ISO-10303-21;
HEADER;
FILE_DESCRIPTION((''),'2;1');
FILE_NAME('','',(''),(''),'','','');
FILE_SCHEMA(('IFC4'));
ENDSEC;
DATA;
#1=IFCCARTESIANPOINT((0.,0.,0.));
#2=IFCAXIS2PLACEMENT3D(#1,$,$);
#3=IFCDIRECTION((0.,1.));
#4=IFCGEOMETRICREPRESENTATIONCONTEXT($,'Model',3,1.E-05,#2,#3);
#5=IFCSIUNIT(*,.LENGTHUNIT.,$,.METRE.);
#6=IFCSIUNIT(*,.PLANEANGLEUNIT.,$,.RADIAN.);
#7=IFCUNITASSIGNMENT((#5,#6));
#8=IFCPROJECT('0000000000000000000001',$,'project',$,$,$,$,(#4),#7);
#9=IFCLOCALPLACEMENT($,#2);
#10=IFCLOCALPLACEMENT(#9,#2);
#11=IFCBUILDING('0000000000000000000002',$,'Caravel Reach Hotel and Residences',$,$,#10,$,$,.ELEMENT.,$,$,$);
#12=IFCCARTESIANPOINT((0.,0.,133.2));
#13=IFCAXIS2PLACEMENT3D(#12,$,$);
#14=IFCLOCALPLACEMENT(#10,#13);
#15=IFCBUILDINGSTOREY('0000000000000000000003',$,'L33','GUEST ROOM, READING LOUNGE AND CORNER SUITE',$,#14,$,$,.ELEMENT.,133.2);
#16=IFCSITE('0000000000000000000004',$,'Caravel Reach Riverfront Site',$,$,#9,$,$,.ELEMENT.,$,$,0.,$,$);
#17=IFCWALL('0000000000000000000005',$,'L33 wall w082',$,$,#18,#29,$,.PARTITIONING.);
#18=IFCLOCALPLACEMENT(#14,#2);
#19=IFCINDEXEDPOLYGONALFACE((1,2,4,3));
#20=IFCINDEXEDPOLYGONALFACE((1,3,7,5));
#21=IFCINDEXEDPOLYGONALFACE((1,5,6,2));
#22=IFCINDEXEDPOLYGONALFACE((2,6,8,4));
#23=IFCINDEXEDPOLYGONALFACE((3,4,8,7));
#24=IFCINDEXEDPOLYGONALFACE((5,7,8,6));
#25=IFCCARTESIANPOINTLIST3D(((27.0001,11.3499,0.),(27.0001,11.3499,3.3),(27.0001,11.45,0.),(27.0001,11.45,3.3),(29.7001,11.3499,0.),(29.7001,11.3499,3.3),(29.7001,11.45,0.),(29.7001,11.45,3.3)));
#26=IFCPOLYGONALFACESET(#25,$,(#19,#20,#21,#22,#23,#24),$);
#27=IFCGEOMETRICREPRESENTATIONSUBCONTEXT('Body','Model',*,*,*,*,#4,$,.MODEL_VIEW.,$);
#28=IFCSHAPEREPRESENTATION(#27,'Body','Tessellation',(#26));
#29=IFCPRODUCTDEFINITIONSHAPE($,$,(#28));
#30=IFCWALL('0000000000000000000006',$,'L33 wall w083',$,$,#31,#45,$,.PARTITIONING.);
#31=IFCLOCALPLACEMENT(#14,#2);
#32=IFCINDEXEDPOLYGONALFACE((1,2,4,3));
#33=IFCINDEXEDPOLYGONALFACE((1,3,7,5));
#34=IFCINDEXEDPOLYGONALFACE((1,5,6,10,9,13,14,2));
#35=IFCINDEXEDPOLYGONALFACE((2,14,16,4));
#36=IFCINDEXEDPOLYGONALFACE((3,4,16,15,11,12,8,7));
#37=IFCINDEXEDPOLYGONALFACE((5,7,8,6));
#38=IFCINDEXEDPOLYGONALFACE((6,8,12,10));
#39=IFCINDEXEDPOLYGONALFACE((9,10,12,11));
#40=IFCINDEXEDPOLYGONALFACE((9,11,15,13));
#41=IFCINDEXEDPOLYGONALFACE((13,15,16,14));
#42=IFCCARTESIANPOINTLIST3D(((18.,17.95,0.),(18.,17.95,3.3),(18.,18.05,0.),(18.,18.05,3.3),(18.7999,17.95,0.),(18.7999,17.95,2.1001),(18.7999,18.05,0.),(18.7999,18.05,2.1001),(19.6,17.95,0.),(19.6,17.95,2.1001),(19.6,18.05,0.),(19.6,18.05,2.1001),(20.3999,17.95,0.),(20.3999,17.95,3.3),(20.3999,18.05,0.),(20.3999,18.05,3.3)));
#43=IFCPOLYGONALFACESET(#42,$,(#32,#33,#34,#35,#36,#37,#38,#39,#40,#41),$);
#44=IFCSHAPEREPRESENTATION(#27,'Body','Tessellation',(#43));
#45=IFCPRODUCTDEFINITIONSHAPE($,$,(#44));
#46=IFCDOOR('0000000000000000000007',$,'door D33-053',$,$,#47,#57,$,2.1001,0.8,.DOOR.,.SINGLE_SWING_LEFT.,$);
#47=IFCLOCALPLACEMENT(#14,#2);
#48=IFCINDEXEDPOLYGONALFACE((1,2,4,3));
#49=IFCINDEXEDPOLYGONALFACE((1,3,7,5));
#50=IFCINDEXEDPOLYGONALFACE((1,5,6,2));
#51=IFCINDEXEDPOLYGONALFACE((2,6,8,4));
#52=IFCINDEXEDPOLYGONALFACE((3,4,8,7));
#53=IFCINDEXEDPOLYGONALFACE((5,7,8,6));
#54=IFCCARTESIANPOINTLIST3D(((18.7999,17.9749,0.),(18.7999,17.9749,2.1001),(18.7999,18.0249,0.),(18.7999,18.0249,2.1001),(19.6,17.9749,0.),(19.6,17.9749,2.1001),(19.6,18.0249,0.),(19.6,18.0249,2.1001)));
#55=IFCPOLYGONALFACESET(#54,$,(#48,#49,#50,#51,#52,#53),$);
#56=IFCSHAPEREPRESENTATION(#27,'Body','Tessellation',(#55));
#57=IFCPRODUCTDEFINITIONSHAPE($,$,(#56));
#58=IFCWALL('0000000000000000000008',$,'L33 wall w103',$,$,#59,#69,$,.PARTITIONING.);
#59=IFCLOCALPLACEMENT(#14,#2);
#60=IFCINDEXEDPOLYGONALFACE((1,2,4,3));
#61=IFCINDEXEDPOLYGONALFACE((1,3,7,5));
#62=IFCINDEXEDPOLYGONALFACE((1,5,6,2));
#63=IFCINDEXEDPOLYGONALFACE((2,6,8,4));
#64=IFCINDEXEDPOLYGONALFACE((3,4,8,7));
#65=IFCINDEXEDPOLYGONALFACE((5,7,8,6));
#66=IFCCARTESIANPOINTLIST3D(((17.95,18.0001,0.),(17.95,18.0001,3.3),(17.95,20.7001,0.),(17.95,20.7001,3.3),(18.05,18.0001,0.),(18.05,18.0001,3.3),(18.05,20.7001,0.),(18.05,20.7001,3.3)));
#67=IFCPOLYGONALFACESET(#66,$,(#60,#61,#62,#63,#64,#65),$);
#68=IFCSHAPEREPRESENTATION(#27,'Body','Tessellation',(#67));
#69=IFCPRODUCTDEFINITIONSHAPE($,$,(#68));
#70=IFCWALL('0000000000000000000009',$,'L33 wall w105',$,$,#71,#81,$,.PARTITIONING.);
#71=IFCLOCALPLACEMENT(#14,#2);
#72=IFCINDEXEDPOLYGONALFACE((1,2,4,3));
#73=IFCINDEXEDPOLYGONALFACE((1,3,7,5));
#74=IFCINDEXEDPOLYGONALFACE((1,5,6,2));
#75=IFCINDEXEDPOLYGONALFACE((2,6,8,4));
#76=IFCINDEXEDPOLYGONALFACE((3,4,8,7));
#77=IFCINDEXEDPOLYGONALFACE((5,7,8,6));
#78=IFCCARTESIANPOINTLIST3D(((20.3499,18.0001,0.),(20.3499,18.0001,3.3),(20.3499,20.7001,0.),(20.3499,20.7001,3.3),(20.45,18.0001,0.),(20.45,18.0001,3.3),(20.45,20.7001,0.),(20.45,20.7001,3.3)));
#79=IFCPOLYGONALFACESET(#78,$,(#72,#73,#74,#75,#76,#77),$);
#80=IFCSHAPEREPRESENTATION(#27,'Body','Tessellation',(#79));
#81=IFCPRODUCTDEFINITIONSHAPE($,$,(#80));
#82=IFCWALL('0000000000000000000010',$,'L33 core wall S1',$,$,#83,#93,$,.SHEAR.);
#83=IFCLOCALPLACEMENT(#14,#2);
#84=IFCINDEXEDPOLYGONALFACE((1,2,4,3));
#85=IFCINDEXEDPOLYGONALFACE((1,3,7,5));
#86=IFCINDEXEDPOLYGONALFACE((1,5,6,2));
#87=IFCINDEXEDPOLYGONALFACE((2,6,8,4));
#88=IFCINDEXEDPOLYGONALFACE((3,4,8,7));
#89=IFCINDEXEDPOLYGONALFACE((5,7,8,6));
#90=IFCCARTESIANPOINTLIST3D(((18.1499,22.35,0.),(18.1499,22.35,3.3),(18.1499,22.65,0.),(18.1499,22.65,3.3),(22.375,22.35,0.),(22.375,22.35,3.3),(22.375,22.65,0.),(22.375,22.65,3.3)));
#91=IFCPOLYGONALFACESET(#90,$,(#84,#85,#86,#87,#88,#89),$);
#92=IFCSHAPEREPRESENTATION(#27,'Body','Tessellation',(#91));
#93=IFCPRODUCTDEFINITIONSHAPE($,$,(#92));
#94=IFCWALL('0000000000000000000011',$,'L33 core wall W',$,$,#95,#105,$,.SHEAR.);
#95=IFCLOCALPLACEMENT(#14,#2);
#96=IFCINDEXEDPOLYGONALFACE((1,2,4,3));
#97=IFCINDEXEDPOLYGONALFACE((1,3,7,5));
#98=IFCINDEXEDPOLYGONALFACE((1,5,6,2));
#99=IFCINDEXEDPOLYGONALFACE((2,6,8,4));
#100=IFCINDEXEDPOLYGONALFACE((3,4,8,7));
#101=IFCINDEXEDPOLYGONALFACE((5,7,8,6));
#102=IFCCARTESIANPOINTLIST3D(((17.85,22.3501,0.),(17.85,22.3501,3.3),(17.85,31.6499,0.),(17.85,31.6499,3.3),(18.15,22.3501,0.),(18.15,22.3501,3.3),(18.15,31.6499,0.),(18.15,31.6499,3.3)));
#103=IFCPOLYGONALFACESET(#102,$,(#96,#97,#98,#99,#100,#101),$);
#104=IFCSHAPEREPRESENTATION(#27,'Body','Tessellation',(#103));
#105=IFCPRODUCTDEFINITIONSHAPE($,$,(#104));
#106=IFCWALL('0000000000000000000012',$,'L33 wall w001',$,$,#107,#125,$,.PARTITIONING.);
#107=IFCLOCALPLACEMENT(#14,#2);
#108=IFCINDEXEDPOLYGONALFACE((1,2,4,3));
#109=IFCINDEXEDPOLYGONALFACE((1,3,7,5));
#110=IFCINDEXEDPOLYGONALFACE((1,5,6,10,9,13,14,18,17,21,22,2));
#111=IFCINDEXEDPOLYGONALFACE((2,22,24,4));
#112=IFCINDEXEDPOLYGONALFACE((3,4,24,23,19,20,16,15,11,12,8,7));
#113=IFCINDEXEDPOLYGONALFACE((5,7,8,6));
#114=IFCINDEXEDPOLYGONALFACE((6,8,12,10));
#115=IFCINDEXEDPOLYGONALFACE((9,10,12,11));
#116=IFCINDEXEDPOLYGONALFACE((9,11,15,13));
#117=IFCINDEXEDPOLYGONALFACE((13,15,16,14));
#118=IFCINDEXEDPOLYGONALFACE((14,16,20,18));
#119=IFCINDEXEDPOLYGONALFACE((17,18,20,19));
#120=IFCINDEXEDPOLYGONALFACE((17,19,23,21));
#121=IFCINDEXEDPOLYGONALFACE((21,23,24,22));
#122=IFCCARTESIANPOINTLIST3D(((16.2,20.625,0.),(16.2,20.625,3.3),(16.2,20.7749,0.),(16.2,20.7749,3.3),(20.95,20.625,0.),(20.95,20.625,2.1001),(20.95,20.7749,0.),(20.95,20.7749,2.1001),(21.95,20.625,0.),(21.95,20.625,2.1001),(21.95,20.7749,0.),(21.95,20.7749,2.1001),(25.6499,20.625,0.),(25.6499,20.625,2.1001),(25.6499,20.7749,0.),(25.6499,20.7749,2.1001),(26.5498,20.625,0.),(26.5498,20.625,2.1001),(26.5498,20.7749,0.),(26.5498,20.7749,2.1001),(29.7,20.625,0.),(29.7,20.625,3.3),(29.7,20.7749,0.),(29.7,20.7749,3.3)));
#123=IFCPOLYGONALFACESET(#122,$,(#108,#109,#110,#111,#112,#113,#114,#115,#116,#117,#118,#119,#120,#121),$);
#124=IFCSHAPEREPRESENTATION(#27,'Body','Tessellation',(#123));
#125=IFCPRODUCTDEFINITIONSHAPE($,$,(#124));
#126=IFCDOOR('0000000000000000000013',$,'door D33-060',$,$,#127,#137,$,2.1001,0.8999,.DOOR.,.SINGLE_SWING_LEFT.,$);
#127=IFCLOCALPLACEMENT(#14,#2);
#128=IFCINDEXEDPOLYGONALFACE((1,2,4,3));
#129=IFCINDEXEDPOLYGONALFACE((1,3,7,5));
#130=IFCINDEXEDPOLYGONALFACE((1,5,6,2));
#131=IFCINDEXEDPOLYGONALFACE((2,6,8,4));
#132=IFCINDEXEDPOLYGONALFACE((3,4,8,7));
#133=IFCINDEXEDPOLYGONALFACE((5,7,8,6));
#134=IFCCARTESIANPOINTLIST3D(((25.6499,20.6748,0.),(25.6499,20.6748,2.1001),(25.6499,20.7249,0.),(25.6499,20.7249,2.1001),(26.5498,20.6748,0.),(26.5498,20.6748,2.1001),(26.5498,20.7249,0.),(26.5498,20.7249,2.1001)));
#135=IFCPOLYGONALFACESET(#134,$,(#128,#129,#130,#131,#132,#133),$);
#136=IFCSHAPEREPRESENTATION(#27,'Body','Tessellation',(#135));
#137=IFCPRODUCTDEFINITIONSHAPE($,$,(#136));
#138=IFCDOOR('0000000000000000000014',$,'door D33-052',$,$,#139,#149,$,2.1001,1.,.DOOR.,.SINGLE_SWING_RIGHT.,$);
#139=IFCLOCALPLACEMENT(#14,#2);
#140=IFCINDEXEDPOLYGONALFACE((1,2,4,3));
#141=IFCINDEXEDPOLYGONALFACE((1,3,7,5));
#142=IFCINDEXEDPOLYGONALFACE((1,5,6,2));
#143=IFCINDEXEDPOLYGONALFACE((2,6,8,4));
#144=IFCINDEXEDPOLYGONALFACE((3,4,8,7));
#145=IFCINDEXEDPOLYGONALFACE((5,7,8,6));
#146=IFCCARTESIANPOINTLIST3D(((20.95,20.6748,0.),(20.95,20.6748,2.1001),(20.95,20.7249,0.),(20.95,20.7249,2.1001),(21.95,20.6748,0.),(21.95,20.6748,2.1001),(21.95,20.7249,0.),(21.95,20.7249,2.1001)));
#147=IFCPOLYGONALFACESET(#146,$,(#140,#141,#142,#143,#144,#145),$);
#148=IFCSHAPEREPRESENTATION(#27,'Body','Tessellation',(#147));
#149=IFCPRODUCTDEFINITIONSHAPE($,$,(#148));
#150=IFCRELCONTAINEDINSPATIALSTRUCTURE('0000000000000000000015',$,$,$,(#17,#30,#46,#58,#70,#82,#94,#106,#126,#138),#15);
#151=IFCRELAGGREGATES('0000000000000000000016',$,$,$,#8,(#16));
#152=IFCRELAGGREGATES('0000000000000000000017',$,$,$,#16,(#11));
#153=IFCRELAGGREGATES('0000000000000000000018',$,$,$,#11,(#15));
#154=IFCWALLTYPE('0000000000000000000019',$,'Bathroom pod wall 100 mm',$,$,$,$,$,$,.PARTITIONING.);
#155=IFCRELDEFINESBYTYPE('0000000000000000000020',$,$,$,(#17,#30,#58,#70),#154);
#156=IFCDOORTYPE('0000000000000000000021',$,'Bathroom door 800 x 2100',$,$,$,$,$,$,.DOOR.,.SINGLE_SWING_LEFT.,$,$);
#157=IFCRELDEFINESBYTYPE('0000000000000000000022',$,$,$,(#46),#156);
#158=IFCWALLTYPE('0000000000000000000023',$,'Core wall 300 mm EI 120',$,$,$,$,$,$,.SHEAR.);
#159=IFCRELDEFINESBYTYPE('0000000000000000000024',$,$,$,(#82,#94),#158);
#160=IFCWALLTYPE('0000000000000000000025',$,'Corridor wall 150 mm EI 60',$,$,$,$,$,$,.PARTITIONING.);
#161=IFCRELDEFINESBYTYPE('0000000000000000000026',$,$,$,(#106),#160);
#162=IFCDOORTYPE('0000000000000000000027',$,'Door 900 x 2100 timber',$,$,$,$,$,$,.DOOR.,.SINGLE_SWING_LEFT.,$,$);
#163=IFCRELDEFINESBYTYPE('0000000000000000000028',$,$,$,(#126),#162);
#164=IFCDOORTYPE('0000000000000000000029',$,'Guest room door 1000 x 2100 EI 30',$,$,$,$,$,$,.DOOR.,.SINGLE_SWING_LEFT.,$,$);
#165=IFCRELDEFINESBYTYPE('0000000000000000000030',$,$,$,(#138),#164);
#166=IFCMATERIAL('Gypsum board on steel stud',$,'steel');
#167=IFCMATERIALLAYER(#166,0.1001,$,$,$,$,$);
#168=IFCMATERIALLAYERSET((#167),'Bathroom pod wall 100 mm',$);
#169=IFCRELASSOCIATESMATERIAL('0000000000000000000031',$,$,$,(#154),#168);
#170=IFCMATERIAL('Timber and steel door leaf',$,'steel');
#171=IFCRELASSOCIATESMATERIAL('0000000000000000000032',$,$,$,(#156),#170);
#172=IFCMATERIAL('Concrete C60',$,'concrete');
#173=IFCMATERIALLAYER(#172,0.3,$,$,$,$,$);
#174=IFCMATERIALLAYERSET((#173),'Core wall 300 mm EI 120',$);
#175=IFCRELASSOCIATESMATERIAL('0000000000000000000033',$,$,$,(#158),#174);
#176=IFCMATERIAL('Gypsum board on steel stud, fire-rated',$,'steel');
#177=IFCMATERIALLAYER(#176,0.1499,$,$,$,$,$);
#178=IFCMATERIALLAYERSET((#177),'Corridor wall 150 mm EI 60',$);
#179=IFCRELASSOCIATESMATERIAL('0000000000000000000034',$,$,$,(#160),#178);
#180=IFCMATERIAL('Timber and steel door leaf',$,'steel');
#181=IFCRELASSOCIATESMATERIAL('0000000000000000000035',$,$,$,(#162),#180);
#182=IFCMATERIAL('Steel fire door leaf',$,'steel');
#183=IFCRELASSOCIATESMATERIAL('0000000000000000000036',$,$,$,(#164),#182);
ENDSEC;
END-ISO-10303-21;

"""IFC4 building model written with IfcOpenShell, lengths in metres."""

from ifc_helpers import new_model, si_unit, direction, frame, frame_2d, origin, place, context, subcontext, project, spatial, rectangle, extrude, material, layer, layer_set, type_object, element, fill, save


model = new_model("IFC4")

# Units and contexts
model_context = context("Model", 3, precision=1e-05, world=origin(), true_north=direction((0.0, 1.0)))
body_context = subcontext(model_context, "Body", "Model", "MODEL_VIEW")
ifc_project = project(units=[si_unit("LENGTHUNIT", "METRE"), si_unit("PLANEANGLEUNIT", "RADIAN")], contexts=[model_context])

# Site, building, storey
site_placement = place(None, origin())
site = spatial("IfcSite", under=ifc_project, at=site_placement, Name="Caravel Reach Riverfront Site", CompositionType="ELEMENT", RefElevation=0.0)
building_placement = place(site_placement, origin())
building = spatial("IfcBuilding", under=site, at=building_placement, Name="Caravel Reach Hotel and Residences", CompositionType="ELEMENT")
storey_placement = place(building_placement, frame((0.0, 0.0, 133.2)))
storey = spatial("IfcBuildingStorey", under=building, at=storey_placement, Name="L33", Description="GUEST ROOM, READING LOUNGE AND CORNER SUITE", CompositionType="ELEMENT", Elevation=133.2)

# Wall
ifc_material_1 = material(Name="Gypsum board on steel stud", Category="steel")
ifc_layer_1 = layer(ifc_material_1, 0.1001)
ifc_layer_set_1 = layer_set([ifc_layer_1], Name="Bathroom pod wall 100 mm")
wall_type_1 = type_object("IfcWallType", Name="Bathroom pod wall 100 mm", PredefinedType="PARTITIONING", material=ifc_layer_set_1)
wall_1_placement = place(storey_placement, frame((27.0, 11.3999, 0.0), z_axis=(0.0, 0.0, 1.0), x_axis=(1.0, 0.0, 0.0)))
element("IfcWall", 1, at=wall_1_placement, inside=storey, type_object=wall_type_1, Name="L33 wall w082", PredefinedType="PARTITIONING", context=body_context, shape_type="SweptSolid", body=[
    extrude(rectangle(XDim=2.7, YDim=0.1001, at=frame_2d((1.3501, 0.0))), origin(), (0.0, 0.0, 1.0), 3.3),
])

# Wall, opening, door
wall_2_placement = place(storey_placement, frame((18.0, 18.0, 0.0), z_axis=(0.0, 0.0, 1.0), x_axis=(1.0, 0.0, 0.0)))
wall_2 = element("IfcWall", 2, at=wall_2_placement, inside=storey, type_object=wall_type_1, Name="L33 wall w083", PredefinedType="PARTITIONING", context=body_context, shape_type="SweptSolid", body=[
    extrude(rectangle(XDim=2.3999, YDim=0.1001, at=frame_2d((1.2, 0.0))), origin(), (0.0, 0.0, 1.0), 3.3),
])
opening_1_placement = place(wall_2_placement, frame((0.8, 0.0, 0.0)))
opening_1 = element("IfcOpeningElement", 3, at=opening_1_placement, cuts=wall_2, PredefinedType="OPENING", context=body_context, shape_type="SweptSolid", body=[
    extrude(rectangle(XDim=0.8, YDim=2.1001, at=frame_2d((0.3999, 1.05))), frame((0.0, 0.0601, 0.0), z_axis=(0.0, -1.0, 0.0), x_axis=(1.0, 0.0, 0.0)), (0.0, 0.0, 1.0), 0.1201),
])
ifc_material_2 = material(Name="Timber and steel door leaf", Category="steel")
door_type_1 = type_object("IfcDoorType", Name="Bathroom door 800 x 2100", OperationType="SINGLE_SWING_LEFT", PredefinedType="DOOR", material=ifc_material_2)
door_1_placement = place(opening_1_placement, origin())
door_1 = element("IfcDoor", 4, at=door_1_placement, inside=storey, type_object=door_type_1, Name="door D33-053", OperationType="SINGLE_SWING_LEFT", OverallHeight=2.1001, OverallWidth=0.8, PredefinedType="DOOR", context=body_context, shape_type="SweptSolid", body=[
    extrude(rectangle(XDim=0.8, YDim=2.1001, at=frame_2d((0.3999, 1.05))), frame((0.0, 0.0249, 0.0), z_axis=(0.0, -1.0, 0.0), x_axis=(1.0, 0.0, 0.0)), (0.0, 0.0, 1.0), 0.05),
])
fill(opening_1, door_1)

# Walls
for number, where, z_axis, x_axis, name in (
    (5, (18.0, 18.0, 0.0), (0.0, 0.0, 1.0), (0.0, 1.0, 0.0), "L33 wall w103"),
    (6, (20.3999, 18.0, 0.0), (0.0, 0.0, 1.0), (0.0, 1.0, 0.0), "L33 wall w105"),
):
    element("IfcWall", number, at=place(storey_placement, frame(where, z_axis=z_axis, x_axis=x_axis)), inside=storey, type_object=wall_type_1, Name=name, PredefinedType="PARTITIONING", context=body_context, shape_type="SweptSolid", body=[
        extrude(rectangle(XDim=2.7, YDim=0.1001, at=frame_2d((1.3501, 0.0))), origin(), (0.0, 0.0, 1.0), 3.3),
    ])
ifc_material_3 = material(Name="Concrete C60", Category="concrete")
ifc_layer_2 = layer(ifc_material_3, 0.3)
ifc_layer_set_2 = layer_set([ifc_layer_2], Name="Core wall 300 mm EI 120")
wall_type_2 = type_object("IfcWallType", Name="Core wall 300 mm EI 120", PredefinedType="SHEAR", material=ifc_layer_set_2)
wall_3_placement = place(storey_placement, frame((18.1499, 22.5, 0.0), z_axis=(0.0, 0.0, 1.0), x_axis=(1.0, 0.0, 0.0)))
element("IfcWall", 7, at=wall_3_placement, inside=storey, type_object=wall_type_2, Name="L33 core wall S1", PredefinedType="SHEAR", context=body_context, shape_type="SweptSolid", body=[
    extrude(rectangle(XDim=4.2251, YDim=0.3, at=frame_2d((2.1125, 0.0))), origin(), (0.0, 0.0, 1.0), 3.3),
])
wall_4_placement = place(storey_placement, frame((18.0, 22.3501, 0.0), z_axis=(0.0, 0.0, 1.0), x_axis=(0.0, 1.0, 0.0)))
element("IfcWall", 8, at=wall_4_placement, inside=storey, type_object=wall_type_2, Name="L33 core wall W", PredefinedType="SHEAR", context=body_context, shape_type="SweptSolid", body=[
    extrude(rectangle(XDim=9.2998, YDim=0.3, at=frame_2d((4.6499, 0.0))), origin(), (0.0, 0.0, 1.0), 3.3),
])

# Wall, openings, doors
ifc_material_4 = material(Name="Gypsum board on steel stud, fire-rated", Category="steel")
ifc_layer_3 = layer(ifc_material_4, 0.1499)
ifc_layer_set_3 = layer_set([ifc_layer_3], Name="Corridor wall 150 mm EI 60")
wall_type_3 = type_object("IfcWallType", Name="Corridor wall 150 mm EI 60", PredefinedType="PARTITIONING", material=ifc_layer_set_3)
wall_5_placement = place(storey_placement, frame((16.2, 20.7, 0.0), z_axis=(0.0, 0.0, 1.0), x_axis=(1.0, 0.0, 0.0)))
wall_5 = element("IfcWall", 9, at=wall_5_placement, inside=storey, type_object=wall_type_3, Name="L33 wall w001", PredefinedType="PARTITIONING", context=body_context, shape_type="SweptSolid", body=[
    extrude(rectangle(XDim=13.5, YDim=0.1499, at=frame_2d((6.75, 0.0))), origin(), (0.0, 0.0, 1.0), 3.3),
])
opening_2_placement = place(wall_5_placement, frame((4.75, 0.0, 0.0)))
opening_2 = element("IfcOpeningElement", 10, at=opening_2_placement, cuts=wall_5, PredefinedType="OPENING", context=body_context, shape_type="SweptSolid", body=[
    extrude(rectangle(XDim=1.0, YDim=2.1001, at=frame_2d((0.5, 1.05))), frame((0.0, 0.085, 0.0), z_axis=(0.0, -1.0, 0.0), x_axis=(1.0, 0.0, 0.0)), (0.0, 0.0, 1.0), 0.1699),
])
opening_3_placement = place(wall_5_placement, frame((9.45, 0.0, 0.0)))
opening_3 = element("IfcOpeningElement", 11, at=opening_3_placement, cuts=wall_5, PredefinedType="OPENING", context=body_context, shape_type="SweptSolid", body=[
    extrude(rectangle(XDim=0.8999, YDim=2.1001, at=frame_2d((0.45, 1.05))), frame((0.0, 0.085, 0.0), z_axis=(0.0, -1.0, 0.0), x_axis=(1.0, 0.0, 0.0)), (0.0, 0.0, 1.0), 0.1699),
])
ifc_material_5 = material(Name="Timber and steel door leaf", Category="steel")
door_type_2 = type_object("IfcDoorType", Name="Door 900 x 2100 timber", OperationType="SINGLE_SWING_LEFT", PredefinedType="DOOR", material=ifc_material_5)
door_2_placement = place(opening_3_placement, origin())
door_2 = element("IfcDoor", 12, at=door_2_placement, inside=storey, type_object=door_type_2, Name="door D33-060", OperationType="SINGLE_SWING_LEFT", OverallHeight=2.1001, OverallWidth=0.8999, PredefinedType="DOOR", context=body_context, shape_type="SweptSolid", body=[
    extrude(rectangle(XDim=0.8999, YDim=2.1001, at=frame_2d((0.45, 1.05))), frame((0.0, 0.0249, 0.0), z_axis=(0.0, -1.0, 0.0), x_axis=(1.0, 0.0, 0.0)), (0.0, 0.0, 1.0), 0.05),
])
fill(opening_3, door_2)
ifc_material_6 = material(Name="Steel fire door leaf", Category="steel")
door_type_3 = type_object("IfcDoorType", Name="Guest room door 1000 x 2100 EI 30", OperationType="SINGLE_SWING_LEFT", PredefinedType="DOOR", material=ifc_material_6)
door_3_placement = place(opening_2_placement, origin())
door_3 = element("IfcDoor", 13, at=door_3_placement, inside=storey, type_object=door_type_3, Name="door D33-052", OperationType="SINGLE_SWING_RIGHT", OverallHeight=2.1001, OverallWidth=1.0, PredefinedType="DOOR", context=body_context, shape_type="SweptSolid", body=[
    extrude(rectangle(XDim=1.0, YDim=2.1001, at=frame_2d((0.5, 1.05))), frame((0.0, 0.0249, 0.0), z_axis=(0.0, -1.0, 0.0), x_axis=(1.0, 0.0, 0.0)), (0.0, 0.0, 1.0), 0.05),
])
fill(opening_2, door_3)

save(model, "model.ifc")
